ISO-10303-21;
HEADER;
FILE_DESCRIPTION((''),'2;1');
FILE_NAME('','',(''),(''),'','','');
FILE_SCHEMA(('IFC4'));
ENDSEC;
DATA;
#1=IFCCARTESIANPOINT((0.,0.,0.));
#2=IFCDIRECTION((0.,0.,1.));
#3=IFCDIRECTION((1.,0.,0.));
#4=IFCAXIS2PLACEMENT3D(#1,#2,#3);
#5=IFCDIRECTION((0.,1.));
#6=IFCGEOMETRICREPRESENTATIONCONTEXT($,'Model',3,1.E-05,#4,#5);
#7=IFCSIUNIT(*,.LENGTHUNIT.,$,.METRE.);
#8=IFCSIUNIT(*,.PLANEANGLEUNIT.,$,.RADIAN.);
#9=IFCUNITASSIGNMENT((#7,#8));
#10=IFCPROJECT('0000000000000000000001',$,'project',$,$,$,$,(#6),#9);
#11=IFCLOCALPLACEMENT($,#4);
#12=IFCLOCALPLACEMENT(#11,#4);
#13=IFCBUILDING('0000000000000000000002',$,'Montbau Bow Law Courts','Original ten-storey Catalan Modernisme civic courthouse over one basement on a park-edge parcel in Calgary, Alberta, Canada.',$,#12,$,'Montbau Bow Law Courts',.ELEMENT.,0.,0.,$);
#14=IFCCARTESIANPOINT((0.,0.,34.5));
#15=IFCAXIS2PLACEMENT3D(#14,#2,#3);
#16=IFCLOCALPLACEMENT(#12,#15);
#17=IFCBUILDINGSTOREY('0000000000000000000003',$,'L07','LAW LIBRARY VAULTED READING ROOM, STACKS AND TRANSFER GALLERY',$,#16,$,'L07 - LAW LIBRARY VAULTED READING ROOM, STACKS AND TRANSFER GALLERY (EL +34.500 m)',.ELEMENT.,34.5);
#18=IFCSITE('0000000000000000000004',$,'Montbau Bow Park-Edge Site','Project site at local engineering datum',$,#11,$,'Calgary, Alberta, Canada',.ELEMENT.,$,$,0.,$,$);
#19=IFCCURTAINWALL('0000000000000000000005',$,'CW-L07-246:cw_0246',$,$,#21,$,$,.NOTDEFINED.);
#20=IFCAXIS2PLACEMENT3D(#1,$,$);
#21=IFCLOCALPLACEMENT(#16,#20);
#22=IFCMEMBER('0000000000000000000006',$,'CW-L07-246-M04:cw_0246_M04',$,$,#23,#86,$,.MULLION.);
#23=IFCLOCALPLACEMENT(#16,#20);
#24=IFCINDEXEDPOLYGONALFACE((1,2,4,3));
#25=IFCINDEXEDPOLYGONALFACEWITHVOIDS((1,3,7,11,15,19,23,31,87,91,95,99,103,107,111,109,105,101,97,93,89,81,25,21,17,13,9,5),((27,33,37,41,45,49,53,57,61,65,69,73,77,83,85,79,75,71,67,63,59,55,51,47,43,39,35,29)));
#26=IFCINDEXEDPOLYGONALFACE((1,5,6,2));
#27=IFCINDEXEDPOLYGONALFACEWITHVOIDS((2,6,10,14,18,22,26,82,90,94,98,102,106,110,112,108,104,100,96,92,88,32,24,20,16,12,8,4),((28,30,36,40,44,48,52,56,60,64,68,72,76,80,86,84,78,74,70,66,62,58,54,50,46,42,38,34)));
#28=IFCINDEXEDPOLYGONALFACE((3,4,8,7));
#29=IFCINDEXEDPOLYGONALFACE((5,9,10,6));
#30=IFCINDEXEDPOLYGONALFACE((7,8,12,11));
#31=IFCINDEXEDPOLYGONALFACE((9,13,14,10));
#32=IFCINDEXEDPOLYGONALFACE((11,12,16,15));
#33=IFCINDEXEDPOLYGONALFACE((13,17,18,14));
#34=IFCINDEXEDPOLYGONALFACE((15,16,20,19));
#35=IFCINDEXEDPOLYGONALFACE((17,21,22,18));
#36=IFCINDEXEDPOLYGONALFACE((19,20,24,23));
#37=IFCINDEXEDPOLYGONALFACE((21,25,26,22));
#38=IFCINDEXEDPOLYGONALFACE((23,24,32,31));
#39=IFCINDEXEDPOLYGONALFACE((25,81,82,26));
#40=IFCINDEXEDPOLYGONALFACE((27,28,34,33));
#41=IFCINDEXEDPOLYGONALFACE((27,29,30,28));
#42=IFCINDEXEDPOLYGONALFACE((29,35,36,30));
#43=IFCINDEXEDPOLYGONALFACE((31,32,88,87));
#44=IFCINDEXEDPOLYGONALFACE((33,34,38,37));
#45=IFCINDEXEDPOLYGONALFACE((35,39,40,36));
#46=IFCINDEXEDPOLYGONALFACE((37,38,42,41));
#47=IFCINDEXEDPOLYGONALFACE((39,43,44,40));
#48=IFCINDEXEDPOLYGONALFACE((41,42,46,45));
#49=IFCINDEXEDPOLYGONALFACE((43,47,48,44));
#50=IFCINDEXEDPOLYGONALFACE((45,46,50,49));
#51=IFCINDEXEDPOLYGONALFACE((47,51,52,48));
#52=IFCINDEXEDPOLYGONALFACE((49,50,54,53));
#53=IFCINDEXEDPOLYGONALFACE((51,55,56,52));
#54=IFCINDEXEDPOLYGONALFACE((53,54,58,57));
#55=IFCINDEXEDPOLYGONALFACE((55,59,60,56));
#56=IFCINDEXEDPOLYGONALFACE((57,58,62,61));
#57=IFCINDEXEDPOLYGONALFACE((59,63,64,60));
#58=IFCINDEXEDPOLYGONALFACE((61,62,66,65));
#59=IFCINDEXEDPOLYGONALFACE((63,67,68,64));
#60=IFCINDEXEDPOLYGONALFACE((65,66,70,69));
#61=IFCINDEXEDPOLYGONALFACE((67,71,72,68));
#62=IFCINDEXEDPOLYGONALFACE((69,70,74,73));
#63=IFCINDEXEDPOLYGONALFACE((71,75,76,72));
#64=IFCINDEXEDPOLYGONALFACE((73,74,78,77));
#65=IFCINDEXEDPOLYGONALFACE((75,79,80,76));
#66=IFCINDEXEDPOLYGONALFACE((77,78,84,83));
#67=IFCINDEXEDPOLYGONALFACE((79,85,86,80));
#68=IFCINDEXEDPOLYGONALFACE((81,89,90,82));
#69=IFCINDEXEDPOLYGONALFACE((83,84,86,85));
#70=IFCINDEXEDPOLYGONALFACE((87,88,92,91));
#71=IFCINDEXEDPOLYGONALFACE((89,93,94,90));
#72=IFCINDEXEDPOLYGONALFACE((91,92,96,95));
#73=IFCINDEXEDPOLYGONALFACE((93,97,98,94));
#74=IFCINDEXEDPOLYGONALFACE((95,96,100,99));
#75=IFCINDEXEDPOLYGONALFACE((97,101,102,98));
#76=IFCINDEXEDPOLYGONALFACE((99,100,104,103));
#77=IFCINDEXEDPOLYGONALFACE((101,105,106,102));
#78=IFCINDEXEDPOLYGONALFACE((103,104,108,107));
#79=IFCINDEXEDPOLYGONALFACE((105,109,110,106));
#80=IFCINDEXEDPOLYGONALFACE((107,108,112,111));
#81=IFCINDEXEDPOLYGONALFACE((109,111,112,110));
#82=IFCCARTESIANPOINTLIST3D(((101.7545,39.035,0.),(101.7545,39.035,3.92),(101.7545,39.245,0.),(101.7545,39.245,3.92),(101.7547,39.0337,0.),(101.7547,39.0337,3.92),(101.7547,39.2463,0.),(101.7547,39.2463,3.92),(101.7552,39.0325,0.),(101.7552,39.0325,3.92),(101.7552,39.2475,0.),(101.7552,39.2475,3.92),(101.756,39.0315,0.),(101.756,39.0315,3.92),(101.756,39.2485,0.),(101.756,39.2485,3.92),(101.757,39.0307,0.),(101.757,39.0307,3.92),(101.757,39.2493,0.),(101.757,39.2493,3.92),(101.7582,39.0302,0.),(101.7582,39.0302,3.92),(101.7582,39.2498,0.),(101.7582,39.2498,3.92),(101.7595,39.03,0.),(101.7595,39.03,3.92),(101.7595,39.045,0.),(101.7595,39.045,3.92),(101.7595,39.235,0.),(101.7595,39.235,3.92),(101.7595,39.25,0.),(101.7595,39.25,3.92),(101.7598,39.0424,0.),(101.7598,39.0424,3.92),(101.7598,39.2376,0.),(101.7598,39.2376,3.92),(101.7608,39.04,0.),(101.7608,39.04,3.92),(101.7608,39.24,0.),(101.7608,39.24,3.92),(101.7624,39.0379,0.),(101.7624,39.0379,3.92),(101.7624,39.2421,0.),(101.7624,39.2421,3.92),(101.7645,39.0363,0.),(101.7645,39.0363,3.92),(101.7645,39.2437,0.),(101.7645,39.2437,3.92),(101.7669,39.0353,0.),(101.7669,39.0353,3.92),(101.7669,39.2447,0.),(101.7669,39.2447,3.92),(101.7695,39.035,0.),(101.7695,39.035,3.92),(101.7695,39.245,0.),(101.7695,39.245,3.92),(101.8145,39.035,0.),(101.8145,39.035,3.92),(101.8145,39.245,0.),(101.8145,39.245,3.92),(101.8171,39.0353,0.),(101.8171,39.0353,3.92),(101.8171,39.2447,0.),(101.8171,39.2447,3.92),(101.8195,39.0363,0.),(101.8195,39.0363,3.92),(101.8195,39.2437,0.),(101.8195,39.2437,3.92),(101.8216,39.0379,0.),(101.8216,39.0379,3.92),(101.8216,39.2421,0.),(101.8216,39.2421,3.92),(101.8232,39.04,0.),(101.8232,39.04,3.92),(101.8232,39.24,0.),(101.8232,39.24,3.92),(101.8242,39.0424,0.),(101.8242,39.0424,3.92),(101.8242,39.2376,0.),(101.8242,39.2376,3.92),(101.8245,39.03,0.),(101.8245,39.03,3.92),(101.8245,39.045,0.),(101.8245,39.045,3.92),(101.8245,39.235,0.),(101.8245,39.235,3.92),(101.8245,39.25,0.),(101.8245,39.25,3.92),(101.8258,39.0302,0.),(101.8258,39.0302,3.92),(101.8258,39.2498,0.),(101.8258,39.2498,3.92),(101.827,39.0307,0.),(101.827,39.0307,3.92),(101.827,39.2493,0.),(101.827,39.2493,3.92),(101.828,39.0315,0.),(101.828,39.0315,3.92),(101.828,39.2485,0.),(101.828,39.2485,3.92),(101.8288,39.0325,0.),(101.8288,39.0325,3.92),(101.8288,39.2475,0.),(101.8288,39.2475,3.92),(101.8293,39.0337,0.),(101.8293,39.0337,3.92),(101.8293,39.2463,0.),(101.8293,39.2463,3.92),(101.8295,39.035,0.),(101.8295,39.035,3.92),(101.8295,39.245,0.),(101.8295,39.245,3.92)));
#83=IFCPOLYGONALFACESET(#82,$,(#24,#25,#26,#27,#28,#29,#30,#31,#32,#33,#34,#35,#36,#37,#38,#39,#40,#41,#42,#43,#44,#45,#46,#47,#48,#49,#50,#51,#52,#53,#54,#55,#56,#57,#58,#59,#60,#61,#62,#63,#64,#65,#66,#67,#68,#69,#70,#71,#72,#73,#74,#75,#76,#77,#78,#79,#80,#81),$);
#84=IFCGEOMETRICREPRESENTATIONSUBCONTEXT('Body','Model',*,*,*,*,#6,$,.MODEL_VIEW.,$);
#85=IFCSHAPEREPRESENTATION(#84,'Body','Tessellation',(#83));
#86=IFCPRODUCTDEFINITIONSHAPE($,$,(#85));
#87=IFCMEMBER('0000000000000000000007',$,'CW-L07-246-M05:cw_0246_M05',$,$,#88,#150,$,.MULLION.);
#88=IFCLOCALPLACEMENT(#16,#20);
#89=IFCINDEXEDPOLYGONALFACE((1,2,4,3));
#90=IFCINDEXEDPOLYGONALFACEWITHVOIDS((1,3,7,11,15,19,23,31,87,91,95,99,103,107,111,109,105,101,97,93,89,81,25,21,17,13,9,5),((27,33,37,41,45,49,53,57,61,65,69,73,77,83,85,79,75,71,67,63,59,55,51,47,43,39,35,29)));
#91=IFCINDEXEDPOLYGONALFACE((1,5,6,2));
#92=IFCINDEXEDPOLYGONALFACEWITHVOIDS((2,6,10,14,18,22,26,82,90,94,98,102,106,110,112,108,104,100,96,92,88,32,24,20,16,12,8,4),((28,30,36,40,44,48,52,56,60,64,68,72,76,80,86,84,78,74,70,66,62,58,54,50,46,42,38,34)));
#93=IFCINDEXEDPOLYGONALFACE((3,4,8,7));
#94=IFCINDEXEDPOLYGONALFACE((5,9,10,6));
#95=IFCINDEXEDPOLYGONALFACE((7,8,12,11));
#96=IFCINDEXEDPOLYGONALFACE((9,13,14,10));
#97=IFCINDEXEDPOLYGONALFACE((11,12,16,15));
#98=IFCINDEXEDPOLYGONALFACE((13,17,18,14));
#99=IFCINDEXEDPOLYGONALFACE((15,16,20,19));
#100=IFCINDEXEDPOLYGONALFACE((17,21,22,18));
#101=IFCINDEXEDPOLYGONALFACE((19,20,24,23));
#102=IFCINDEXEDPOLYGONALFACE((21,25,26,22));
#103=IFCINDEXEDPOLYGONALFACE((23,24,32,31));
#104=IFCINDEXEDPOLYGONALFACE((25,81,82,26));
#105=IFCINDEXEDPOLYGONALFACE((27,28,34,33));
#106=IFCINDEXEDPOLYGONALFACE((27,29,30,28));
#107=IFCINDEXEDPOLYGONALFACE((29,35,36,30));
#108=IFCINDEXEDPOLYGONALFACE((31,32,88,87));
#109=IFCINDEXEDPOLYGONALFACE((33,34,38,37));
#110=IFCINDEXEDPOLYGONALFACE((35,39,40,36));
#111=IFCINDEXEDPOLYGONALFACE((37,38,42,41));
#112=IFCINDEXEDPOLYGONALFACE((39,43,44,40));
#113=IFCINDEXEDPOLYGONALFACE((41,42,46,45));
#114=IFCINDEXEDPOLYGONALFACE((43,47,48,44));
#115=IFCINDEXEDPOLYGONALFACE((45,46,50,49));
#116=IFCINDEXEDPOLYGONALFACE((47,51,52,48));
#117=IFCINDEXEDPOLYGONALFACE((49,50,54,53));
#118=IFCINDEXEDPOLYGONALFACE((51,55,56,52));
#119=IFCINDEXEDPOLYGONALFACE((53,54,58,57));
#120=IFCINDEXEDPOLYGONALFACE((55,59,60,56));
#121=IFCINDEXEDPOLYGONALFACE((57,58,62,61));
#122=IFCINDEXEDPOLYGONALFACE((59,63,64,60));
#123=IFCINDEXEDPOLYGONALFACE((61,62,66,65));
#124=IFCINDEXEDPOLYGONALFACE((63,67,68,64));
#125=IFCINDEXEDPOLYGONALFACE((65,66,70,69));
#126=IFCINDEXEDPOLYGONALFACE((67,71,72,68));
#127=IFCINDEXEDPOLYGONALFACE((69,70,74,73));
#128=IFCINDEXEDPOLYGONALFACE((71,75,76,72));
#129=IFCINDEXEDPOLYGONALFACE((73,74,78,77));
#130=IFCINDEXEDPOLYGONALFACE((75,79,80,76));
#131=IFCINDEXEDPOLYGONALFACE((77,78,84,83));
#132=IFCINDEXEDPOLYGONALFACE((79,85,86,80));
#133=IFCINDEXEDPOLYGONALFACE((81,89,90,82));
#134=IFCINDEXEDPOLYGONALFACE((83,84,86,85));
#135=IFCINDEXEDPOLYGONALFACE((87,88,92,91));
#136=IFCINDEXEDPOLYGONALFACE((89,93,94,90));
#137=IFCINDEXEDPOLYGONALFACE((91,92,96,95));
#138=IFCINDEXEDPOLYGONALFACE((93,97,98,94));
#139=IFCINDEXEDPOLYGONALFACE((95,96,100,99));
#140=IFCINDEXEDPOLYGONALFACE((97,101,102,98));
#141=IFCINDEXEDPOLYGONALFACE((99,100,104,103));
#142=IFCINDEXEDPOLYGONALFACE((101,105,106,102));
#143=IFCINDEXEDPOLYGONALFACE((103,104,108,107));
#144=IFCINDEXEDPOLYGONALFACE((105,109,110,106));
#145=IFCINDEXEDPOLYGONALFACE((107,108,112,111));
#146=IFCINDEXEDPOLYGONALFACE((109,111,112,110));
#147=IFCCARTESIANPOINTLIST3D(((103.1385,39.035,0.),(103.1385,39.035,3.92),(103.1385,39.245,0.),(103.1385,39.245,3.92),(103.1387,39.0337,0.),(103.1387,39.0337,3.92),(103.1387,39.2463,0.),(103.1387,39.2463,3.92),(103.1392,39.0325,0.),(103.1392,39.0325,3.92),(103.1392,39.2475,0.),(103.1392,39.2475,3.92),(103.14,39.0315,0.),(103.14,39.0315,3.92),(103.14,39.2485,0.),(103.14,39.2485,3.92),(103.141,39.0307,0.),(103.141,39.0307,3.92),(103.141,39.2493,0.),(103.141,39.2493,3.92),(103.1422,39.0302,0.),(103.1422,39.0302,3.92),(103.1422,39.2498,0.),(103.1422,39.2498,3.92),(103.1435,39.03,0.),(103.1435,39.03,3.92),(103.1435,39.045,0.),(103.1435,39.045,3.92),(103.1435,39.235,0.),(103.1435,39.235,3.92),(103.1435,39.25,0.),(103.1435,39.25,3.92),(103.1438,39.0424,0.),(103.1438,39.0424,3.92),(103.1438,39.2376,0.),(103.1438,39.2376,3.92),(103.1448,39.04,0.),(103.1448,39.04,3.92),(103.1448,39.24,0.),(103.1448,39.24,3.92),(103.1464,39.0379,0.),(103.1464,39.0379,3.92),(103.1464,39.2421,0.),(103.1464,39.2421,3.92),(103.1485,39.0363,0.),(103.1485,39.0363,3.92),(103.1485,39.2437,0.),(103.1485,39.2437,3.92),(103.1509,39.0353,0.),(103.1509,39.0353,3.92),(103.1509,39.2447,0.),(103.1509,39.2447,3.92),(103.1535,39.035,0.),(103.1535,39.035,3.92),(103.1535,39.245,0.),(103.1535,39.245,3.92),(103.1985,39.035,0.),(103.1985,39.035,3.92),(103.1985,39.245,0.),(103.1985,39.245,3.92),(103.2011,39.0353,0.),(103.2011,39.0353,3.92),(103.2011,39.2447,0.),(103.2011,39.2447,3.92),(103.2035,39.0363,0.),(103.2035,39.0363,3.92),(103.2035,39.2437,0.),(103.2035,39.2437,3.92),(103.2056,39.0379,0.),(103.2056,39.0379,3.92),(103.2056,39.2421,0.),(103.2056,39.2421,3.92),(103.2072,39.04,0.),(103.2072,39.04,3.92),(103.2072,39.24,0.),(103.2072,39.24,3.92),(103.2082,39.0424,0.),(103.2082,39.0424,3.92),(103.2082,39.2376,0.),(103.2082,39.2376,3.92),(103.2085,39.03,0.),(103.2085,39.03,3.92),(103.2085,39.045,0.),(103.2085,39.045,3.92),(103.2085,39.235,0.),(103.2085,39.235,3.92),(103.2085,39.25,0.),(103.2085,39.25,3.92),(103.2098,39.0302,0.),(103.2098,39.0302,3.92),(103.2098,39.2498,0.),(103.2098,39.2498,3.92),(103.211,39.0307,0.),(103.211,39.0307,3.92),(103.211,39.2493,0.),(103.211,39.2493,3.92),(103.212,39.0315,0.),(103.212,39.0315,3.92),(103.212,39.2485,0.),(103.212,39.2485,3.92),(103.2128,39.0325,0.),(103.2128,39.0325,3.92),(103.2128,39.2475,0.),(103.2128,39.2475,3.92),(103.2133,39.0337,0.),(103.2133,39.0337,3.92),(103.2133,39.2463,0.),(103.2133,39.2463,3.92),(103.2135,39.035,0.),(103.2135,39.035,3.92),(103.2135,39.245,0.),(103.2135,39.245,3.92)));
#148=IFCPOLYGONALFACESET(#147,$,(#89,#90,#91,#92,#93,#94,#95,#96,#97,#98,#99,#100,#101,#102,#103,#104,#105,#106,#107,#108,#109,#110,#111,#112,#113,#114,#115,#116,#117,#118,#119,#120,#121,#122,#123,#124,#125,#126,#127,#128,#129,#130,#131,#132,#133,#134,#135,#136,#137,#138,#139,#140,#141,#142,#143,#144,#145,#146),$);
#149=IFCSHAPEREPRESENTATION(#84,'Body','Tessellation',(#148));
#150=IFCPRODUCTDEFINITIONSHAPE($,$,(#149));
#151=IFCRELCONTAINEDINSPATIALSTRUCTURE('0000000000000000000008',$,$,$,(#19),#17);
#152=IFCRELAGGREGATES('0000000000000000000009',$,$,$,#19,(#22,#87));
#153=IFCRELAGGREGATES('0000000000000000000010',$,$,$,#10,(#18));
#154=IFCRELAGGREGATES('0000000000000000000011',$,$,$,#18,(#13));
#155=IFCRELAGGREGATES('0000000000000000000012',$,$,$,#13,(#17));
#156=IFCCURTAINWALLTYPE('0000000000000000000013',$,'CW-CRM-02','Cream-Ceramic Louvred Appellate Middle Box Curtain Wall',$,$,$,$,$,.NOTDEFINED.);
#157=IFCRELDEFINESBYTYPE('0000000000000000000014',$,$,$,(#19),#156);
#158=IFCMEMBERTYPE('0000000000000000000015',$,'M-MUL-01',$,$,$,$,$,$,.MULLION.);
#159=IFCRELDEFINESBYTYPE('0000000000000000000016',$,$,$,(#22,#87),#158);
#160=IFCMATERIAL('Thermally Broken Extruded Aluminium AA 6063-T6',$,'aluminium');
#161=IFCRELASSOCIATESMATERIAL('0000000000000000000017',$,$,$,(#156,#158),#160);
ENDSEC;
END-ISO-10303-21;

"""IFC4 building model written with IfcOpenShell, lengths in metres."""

from ifc_helpers import new_model, si_unit, direction, frame, origin_with_axes, origin_2d_with_axis, place, context, subcontext, project, spatial, hollow_rectangle, extrude, material, material_profile, profile_set, type_object, element, aggregate, save


model = new_model("IFC4")

# Units and contexts
model_context = context("Model", 3, precision=1e-05, world=origin_with_axes(), true_north=direction((0.0, 1.0)))
body_context = subcontext(model_context, "Body", "Model", "MODEL_VIEW")
ifc_project = project(units=[si_unit("LENGTHUNIT", "METRE"), si_unit("PLANEANGLEUNIT", "RADIAN")], contexts=[model_context])

# Site, building, storey
site_placement = place(None, origin_with_axes())
site = spatial("IfcSite", under=ifc_project, at=site_placement, Name="Montbau Bow Park-Edge Site", Description="Project site at local engineering datum", LongName="Calgary, Alberta, Canada", CompositionType="ELEMENT", RefElevation=0.0)
building_placement = place(site_placement, origin_with_axes())
building = spatial("IfcBuilding", under=site, at=building_placement, Name="Montbau Bow Law Courts", Description="Original ten-storey Catalan Modernisme civic courthouse over one basement on a park-edge parcel in Calgary, Alberta, Canada.", LongName="Montbau Bow Law Courts", CompositionType="ELEMENT", ElevationOfRefHeight=0.0, ElevationOfTerrain=0.0)
storey_placement = place(building_placement, frame((0.0, 0.0, 34.5), z_axis=(0.0, 0.0, 1.0), x_axis=(1.0, 0.0, 0.0)))
storey = spatial("IfcBuildingStorey", under=building, at=storey_placement, Name="L07", Description="LAW LIBRARY VAULTED READING ROOM, STACKS AND TRANSFER GALLERY", LongName="L07 - LAW LIBRARY VAULTED READING ROOM, STACKS AND TRANSFER GALLERY (EL +34.500 m)", CompositionType="ELEMENT", Elevation=34.5)

# Curtain wall, members
ifc_material_1 = material(Name="Thermally Broken Extruded Aluminium AA 6063-T6", Category="aluminium")
curtain_wall_type = type_object("IfcCurtainWallType", Name="CW-CRM-02", Description="Cream-Ceramic Louvred Appellate Middle Box Curtain Wall", PredefinedType="NOTDEFINED", material=ifc_material_1)
curtain_wall_1_placement = place(None, frame((97.64, 39.14, 34.5), z_axis=(0.0, 0.0, 1.0), x_axis=(1.0, 0.0, 0.0)))
curtain_wall_1 = element("IfcCurtainWall", 1, at=curtain_wall_1_placement, inside=storey, type_object=curtain_wall_type, Name="CW-L07-246:cw_0246", PredefinedType="NOTDEFINED")
ifc_material_profile_1 = material_profile(ifc_material_1, hollow_rectangle(XDim=0.075, YDim=0.22, WallThickness=0.005, InnerFilletRadius=0.01, OuterFilletRadius=0.005, at=origin_2d_with_axis()), Name="CWM-220X75", Category="Main", Priority=0)
ifc_profile_set_1 = profile_set([ifc_material_profile_1], Name="Thermally Broken Extruded Aluminium AA 6063-T6")
member_type_1 = type_object("IfcMemberType", Name="M-MUL-01", PredefinedType="MULLION", material=ifc_profile_set_1)
member_1_placement = place(None, frame((101.792, 39.14, 34.5), z_axis=(0.0, 0.0, 1.0), x_axis=(1.0, 0.0, 0.0)))
member_1 = element("IfcMember", 2, at=member_1_placement, type_object=member_type_1, Name="CW-L07-246-M04:cw_0246_M04", PredefinedType="MULLION", context=body_context, shape_type="SweptSolid", body=[
    extrude(hollow_rectangle(XDim=0.075, YDim=0.22, WallThickness=0.005, InnerFilletRadius=0.01, OuterFilletRadius=0.005, at=origin_2d_with_axis()), origin_with_axes(), (0.0, 0.0, 1.0), 3.92),
])
member_2_placement = place(None, frame((103.176, 39.14, 34.5), z_axis=(0.0, 0.0, 1.0), x_axis=(1.0, 0.0, 0.0)))
member_2 = element("IfcMember", 3, at=member_2_placement, type_object=member_type_1, Name="CW-L07-246-M05:cw_0246_M05", PredefinedType="MULLION", context=body_context, shape_type="SweptSolid", body=[
    extrude(hollow_rectangle(XDim=0.075, YDim=0.22, WallThickness=0.005, InnerFilletRadius=0.01, OuterFilletRadius=0.005, at=origin_2d_with_axis()), origin_with_axes(), (0.0, 0.0, 1.0), 3.92),
])

aggregate(curtain_wall_1, [member_1, member_2])

save(model, "model.ifc")
